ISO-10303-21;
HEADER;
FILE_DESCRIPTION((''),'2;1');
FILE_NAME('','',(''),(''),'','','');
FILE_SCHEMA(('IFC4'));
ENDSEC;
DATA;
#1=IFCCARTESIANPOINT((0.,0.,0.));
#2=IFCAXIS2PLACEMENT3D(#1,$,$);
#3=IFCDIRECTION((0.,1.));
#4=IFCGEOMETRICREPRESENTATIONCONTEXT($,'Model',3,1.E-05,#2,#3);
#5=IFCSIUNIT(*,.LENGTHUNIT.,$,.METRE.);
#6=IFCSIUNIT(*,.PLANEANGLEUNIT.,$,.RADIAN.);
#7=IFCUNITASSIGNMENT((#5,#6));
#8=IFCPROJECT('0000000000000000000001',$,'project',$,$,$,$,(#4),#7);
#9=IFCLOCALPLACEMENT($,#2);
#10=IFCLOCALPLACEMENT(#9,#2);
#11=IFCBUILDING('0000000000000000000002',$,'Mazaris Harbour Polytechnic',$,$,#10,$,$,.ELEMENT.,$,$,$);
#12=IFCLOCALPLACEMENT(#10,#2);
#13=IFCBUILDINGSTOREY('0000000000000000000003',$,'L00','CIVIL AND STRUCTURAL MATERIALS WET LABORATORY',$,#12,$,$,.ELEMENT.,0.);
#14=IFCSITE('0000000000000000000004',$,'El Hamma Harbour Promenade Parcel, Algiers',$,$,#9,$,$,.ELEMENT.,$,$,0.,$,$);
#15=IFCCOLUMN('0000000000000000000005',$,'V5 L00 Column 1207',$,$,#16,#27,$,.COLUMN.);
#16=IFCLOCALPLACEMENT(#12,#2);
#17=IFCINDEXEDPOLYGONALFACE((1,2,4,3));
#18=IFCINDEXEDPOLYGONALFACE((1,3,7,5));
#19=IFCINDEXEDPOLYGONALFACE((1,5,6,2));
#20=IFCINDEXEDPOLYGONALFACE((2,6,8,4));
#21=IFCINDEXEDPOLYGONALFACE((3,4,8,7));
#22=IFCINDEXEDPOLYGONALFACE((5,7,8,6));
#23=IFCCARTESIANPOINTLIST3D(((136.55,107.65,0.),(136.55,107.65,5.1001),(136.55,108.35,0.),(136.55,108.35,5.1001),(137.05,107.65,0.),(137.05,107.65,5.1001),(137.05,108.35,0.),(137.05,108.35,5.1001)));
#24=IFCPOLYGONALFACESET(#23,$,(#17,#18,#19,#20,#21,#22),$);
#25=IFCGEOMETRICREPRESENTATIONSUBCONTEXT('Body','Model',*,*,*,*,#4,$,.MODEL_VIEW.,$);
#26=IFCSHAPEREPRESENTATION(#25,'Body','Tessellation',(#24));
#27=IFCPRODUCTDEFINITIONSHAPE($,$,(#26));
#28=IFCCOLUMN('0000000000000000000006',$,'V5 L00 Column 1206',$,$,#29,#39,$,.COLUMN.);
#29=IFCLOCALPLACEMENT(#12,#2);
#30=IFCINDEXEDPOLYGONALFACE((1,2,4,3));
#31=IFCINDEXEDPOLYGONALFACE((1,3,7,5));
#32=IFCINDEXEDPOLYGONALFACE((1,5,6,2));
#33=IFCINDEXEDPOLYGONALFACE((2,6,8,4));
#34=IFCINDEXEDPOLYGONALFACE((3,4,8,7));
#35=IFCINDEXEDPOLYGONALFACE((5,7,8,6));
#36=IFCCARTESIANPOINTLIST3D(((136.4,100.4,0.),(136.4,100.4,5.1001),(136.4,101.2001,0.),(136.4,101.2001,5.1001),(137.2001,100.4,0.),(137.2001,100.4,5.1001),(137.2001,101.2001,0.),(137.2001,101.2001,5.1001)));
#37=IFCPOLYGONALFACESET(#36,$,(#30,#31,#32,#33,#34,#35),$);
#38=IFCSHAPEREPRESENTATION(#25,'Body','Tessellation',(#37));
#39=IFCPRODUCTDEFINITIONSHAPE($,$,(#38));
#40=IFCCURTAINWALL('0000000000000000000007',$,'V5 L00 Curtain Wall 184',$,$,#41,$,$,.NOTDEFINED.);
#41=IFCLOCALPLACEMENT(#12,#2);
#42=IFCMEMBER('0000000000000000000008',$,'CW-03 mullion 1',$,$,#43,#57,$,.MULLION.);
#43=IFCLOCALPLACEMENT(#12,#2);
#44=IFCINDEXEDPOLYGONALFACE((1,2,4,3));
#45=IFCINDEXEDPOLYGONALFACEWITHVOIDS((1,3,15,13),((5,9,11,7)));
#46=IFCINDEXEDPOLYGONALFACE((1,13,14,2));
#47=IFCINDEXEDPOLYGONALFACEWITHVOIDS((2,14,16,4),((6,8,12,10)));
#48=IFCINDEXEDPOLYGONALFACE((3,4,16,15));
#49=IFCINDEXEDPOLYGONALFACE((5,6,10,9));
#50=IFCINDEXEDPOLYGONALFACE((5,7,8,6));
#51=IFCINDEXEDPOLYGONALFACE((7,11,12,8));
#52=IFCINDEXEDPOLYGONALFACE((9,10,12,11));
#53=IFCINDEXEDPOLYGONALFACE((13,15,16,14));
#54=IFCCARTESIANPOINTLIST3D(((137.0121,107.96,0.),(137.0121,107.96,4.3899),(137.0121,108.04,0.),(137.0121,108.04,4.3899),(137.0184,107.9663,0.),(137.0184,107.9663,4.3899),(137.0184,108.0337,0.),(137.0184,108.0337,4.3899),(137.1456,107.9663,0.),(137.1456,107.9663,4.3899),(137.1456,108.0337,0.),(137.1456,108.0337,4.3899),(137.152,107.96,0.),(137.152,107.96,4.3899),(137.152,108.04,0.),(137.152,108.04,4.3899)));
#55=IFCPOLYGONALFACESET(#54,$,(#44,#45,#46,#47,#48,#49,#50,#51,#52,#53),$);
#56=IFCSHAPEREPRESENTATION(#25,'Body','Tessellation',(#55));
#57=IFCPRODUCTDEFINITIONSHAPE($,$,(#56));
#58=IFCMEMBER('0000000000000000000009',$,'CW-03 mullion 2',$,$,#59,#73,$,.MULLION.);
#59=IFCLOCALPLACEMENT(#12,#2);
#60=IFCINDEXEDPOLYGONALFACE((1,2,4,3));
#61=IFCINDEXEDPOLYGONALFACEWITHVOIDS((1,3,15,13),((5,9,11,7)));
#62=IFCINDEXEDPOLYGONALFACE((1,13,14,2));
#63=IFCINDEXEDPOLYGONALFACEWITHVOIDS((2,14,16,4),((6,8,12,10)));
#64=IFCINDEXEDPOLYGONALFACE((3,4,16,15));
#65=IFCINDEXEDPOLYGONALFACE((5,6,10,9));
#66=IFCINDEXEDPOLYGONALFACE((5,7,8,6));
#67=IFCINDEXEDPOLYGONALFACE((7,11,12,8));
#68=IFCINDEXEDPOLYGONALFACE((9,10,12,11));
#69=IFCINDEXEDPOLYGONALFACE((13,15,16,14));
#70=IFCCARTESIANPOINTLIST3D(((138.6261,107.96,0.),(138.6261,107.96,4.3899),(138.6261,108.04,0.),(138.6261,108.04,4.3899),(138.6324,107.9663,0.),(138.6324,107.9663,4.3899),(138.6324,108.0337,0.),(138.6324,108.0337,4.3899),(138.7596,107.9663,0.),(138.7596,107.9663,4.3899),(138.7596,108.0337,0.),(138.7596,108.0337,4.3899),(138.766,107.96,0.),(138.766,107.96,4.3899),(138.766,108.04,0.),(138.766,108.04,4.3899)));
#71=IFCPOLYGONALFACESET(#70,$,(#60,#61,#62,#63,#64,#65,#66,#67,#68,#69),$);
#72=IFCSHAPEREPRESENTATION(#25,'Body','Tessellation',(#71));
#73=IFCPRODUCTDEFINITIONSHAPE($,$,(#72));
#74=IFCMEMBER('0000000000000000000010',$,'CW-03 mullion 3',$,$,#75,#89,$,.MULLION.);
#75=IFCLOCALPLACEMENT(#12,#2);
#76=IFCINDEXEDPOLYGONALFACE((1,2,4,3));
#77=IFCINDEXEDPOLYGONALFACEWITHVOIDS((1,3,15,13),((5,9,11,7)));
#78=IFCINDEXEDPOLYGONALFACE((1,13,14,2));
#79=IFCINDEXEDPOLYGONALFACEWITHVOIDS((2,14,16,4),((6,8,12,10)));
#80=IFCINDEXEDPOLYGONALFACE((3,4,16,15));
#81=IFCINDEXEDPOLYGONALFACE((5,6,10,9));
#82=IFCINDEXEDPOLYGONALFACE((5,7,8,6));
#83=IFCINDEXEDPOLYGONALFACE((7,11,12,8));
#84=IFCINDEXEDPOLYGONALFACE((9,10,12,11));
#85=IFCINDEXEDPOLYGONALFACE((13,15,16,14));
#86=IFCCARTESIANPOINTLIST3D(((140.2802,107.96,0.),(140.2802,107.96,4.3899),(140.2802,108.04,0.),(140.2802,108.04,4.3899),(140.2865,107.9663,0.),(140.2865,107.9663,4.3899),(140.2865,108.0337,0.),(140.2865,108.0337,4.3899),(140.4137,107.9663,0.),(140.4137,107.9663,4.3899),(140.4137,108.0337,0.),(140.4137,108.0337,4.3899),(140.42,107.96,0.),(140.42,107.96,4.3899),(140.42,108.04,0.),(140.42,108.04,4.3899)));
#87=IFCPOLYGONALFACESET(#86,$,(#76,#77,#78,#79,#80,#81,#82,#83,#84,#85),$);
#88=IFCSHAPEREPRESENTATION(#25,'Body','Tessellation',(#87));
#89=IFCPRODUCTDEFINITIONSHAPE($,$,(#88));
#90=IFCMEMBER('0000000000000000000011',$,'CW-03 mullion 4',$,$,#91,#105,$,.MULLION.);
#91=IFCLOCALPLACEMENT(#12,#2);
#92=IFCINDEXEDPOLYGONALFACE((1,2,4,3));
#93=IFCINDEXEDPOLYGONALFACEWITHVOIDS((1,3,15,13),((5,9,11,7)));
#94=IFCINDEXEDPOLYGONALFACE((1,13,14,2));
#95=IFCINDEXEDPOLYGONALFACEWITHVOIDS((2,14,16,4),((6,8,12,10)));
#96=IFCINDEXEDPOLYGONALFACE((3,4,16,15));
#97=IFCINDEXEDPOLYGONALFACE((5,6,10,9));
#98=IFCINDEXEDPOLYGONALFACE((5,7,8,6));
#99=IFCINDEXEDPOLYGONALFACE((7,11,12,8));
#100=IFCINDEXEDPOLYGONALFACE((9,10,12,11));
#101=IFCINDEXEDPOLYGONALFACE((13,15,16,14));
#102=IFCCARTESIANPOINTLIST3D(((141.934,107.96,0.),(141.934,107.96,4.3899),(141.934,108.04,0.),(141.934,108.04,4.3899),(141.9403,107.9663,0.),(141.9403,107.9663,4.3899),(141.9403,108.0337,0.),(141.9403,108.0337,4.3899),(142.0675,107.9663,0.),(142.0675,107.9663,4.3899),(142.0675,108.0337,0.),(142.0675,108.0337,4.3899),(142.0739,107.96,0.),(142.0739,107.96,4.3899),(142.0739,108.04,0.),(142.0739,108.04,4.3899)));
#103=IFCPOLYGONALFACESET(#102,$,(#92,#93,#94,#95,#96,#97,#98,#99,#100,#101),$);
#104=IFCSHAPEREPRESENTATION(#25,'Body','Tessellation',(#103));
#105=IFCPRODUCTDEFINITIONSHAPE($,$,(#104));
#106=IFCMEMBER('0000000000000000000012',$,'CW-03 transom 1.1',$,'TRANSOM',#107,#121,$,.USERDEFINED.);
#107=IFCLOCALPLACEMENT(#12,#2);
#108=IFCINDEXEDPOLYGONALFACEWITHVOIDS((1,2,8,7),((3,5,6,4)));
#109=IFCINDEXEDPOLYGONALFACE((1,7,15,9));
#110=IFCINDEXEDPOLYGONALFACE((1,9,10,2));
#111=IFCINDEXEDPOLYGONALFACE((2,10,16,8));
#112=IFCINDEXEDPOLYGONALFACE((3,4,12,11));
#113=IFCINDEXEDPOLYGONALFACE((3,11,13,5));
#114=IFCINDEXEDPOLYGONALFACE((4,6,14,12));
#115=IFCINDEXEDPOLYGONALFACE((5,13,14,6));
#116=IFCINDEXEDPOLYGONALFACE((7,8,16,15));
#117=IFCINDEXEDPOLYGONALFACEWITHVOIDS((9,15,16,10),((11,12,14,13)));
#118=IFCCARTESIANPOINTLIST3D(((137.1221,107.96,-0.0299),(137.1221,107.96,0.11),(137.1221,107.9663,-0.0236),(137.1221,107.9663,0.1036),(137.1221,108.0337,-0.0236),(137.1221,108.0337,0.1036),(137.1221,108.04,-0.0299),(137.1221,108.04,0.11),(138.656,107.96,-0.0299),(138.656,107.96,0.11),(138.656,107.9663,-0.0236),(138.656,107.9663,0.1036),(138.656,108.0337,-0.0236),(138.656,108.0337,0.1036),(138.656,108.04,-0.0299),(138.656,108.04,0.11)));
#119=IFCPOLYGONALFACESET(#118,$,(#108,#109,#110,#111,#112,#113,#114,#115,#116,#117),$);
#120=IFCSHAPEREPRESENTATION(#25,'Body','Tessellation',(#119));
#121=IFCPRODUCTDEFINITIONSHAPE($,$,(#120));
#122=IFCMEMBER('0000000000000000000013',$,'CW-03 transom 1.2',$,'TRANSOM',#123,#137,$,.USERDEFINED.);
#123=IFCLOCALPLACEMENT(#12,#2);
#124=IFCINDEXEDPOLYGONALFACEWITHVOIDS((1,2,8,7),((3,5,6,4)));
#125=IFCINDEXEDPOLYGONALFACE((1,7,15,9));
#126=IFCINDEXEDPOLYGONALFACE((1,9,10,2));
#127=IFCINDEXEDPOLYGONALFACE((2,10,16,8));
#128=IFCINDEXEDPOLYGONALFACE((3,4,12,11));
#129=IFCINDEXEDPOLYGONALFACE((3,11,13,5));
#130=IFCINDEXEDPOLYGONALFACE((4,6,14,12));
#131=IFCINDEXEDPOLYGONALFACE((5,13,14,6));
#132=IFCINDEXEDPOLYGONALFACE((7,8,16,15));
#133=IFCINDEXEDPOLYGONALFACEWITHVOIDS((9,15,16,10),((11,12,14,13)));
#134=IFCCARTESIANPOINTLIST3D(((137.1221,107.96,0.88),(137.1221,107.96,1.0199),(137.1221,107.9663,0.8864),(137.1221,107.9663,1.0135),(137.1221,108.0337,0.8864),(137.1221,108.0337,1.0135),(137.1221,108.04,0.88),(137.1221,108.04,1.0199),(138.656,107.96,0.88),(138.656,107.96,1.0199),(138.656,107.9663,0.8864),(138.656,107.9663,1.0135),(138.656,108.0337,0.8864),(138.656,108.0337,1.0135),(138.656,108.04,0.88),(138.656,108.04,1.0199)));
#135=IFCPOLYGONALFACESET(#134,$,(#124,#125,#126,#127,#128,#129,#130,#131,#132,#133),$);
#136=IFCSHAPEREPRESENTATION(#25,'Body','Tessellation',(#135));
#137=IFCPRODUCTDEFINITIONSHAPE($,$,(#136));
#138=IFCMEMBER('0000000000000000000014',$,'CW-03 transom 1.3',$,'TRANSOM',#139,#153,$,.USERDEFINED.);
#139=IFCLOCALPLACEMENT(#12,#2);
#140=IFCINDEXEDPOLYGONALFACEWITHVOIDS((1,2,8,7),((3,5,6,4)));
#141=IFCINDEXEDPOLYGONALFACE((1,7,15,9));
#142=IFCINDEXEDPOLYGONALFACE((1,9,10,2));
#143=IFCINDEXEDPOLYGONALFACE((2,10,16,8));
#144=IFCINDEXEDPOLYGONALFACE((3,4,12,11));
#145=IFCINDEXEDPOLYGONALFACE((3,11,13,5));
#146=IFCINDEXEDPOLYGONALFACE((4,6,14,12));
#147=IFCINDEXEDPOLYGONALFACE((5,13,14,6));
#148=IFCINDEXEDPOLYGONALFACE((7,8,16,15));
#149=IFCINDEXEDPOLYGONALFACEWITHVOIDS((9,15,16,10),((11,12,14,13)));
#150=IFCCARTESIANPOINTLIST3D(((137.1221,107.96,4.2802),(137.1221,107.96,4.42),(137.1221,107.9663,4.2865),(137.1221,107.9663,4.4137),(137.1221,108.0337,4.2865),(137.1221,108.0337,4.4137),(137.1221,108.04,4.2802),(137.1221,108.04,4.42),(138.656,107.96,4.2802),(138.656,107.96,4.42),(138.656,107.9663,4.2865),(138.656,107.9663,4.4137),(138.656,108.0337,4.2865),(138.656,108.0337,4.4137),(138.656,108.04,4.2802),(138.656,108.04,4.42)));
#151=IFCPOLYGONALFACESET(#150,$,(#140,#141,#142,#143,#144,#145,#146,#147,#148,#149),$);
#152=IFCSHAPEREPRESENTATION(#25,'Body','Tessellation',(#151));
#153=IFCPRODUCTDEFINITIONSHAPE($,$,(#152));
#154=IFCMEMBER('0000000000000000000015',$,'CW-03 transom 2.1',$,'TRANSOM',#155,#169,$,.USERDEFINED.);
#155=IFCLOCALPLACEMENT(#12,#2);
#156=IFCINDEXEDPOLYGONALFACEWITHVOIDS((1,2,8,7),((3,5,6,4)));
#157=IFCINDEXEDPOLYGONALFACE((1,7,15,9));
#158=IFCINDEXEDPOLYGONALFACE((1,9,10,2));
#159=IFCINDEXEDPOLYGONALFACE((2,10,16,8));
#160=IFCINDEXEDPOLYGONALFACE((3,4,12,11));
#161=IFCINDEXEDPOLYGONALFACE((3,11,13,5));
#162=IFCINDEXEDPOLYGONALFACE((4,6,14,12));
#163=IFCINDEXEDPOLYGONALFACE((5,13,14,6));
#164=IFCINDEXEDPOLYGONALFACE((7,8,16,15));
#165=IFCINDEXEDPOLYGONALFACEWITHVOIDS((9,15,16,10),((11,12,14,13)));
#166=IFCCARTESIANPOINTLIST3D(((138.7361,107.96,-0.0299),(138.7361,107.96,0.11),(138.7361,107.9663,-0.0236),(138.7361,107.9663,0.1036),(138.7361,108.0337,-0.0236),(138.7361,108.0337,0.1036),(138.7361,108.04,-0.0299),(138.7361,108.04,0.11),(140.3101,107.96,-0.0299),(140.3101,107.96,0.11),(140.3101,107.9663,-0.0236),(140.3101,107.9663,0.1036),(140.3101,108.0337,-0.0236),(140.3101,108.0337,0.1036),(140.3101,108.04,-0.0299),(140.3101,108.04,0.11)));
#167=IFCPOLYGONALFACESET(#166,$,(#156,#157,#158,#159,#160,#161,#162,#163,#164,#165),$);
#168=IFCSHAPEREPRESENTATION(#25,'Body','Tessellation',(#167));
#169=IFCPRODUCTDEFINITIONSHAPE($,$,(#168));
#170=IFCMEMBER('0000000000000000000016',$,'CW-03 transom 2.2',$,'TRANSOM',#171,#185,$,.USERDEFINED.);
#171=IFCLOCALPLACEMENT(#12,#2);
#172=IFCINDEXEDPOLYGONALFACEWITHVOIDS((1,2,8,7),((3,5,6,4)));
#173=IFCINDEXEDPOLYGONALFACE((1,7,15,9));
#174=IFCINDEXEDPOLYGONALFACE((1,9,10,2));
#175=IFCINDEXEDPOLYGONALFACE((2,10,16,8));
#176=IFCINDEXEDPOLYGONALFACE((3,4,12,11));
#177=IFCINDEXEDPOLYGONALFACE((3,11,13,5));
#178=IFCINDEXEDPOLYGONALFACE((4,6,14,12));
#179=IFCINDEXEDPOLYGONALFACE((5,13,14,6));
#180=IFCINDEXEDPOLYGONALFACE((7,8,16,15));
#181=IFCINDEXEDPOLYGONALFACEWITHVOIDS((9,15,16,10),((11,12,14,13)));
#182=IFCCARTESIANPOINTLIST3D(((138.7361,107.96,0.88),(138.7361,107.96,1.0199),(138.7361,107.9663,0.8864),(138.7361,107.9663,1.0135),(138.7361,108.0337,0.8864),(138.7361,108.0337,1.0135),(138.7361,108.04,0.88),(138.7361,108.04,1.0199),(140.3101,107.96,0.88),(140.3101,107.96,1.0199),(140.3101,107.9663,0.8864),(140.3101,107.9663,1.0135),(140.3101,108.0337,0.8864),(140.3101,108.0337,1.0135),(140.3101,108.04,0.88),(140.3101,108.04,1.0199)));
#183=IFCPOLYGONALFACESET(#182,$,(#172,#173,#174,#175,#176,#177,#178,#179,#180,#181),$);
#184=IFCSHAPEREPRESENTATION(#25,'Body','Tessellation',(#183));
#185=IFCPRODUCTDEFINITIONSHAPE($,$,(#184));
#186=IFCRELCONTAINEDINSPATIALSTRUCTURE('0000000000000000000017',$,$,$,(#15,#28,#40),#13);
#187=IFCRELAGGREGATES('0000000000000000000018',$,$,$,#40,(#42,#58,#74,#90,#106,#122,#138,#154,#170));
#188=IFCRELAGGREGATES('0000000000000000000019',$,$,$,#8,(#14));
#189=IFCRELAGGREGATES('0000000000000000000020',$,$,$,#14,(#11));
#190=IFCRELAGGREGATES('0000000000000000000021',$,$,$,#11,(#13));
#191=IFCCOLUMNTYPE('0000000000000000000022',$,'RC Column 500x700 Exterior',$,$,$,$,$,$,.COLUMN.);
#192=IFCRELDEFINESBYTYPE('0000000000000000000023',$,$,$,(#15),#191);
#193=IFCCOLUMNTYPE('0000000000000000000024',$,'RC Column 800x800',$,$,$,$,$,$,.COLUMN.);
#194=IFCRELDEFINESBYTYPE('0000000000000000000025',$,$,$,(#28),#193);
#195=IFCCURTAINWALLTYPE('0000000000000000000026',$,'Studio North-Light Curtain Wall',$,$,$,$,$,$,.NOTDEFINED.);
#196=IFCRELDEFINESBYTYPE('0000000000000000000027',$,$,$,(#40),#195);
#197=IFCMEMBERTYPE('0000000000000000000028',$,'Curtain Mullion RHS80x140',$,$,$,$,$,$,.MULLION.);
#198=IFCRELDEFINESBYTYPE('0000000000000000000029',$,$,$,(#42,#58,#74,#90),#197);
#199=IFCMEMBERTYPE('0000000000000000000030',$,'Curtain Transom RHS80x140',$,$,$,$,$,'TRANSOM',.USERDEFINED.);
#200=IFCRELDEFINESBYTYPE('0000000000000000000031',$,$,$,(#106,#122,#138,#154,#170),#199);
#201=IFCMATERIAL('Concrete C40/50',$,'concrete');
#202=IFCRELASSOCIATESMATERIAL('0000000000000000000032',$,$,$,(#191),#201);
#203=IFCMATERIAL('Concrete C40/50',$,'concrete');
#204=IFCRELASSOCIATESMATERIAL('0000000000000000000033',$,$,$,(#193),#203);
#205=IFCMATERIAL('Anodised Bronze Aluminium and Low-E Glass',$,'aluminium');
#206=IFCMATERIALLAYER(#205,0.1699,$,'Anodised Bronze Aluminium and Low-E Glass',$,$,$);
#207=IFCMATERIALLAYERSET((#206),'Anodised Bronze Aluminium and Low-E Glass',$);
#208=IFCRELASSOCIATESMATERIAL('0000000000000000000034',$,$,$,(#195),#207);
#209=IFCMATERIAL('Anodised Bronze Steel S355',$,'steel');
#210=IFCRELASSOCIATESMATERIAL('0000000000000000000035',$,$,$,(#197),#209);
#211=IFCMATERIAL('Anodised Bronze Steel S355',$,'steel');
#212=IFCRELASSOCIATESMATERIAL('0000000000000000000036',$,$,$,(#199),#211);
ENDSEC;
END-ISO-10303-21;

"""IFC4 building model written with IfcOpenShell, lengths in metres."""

from ifc_helpers import new_model, si_unit, direction, frame, origin, origin_2d, place, context, subcontext, project, spatial, rectangle, hollow_rectangle, extrude, material, layer, layer_set, material_profile, profile_set, type_object, element, aggregate, save


model = new_model("IFC4")

# Units and contexts
model_context = context("Model", 3, precision=1e-05, world=origin(), true_north=direction((0.0, 1.0)))
body_context = subcontext(model_context, "Body", "Model", "MODEL_VIEW")
ifc_project = project(units=[si_unit("LENGTHUNIT", "METRE"), si_unit("PLANEANGLEUNIT", "RADIAN")], contexts=[model_context])

# Site, building, storey
site_placement = place(None, origin())
site = spatial("IfcSite", under=ifc_project, at=site_placement, Name="El Hamma Harbour Promenade Parcel, Algiers", CompositionType="ELEMENT", RefElevation=0.0)
building_placement = place(site_placement, origin())
building = spatial("IfcBuilding", under=site, at=building_placement, Name="Mazaris Harbour Polytechnic", CompositionType="ELEMENT")
storey_placement = place(building_placement, origin())
storey = spatial("IfcBuildingStorey", under=building, at=storey_placement, Name="L00", Description="CIVIL AND STRUCTURAL MATERIALS WET LABORATORY", CompositionType="ELEMENT", Elevation=0.0)

# Columns
ifc_material_1 = material(Name="Concrete C40/50", Category="concrete")
ifc_material_profile_1 = material_profile(ifc_material_1, rectangle(XDim=0.5, YDim=0.7, at=origin_2d()), Name="RECT500x700")
ifc_profile_set_1 = profile_set([ifc_material_profile_1], Name="Concrete C40/50")
column_type_1 = type_object("IfcColumnType", Name="RC Column 500x700 Exterior", PredefinedType="COLUMN", material=ifc_profile_set_1)
column_1_placement = place(storey_placement, frame((136.8, 108.0, 0.0), z_axis=(0.0, 0.0, 1.0), x_axis=(1.0, 0.0, 0.0)))
element("IfcColumn", 1, at=column_1_placement, inside=storey, type_object=column_type_1, Name="V5 L00 Column 1207", PredefinedType="COLUMN", context=body_context, shape_type="SweptSolid", body=[
    extrude(rectangle(XDim=0.5, YDim=0.7, at=origin_2d()), origin(), (0.0, 0.0, 1.0), 5.1001),
])
ifc_material_2 = material(Name="Concrete C40/50", Category="concrete")
ifc_material_profile_2 = material_profile(ifc_material_2, rectangle(XDim=0.8, YDim=0.8, at=origin_2d()), Name="RECT800x800")
ifc_profile_set_2 = profile_set([ifc_material_profile_2], Name="Concrete C40/50")
column_type_2 = type_object("IfcColumnType", Name="RC Column 800x800", PredefinedType="COLUMN", material=ifc_profile_set_2)
column_2_placement = place(storey_placement, frame((136.8, 100.8, 0.0), z_axis=(0.0, 0.0, 1.0), x_axis=(1.0, 0.0, 0.0)))
element("IfcColumn", 2, at=column_2_placement, inside=storey, type_object=column_type_2, Name="V5 L00 Column 1206", PredefinedType="COLUMN", context=body_context, shape_type="SweptSolid", body=[
    extrude(rectangle(XDim=0.8, YDim=0.8, at=origin_2d()), origin(), (0.0, 0.0, 1.0), 5.1001),
])

# Curtain wall, members
ifc_material_3 = material(Name="Anodised Bronze Aluminium and Low-E Glass", Category="aluminium")
ifc_layer_1 = layer(ifc_material_3, 0.1699, Name="Anodised Bronze Aluminium and Low-E Glass")
ifc_layer_set_1 = layer_set([ifc_layer_1], Name="Anodised Bronze Aluminium and Low-E Glass")
curtain_wall_type = type_object("IfcCurtainWallType", Name="Studio North-Light Curtain Wall", PredefinedType="NOTDEFINED", material=ifc_layer_set_1)
curtain_wall_placement = place(storey_placement, origin())
curtain_wall = element("IfcCurtainWall", 3, at=curtain_wall_placement, inside=storey, type_object=curtain_wall_type, Name="V5 L00 Curtain Wall 184", PredefinedType="NOTDEFINED")
ifc_material_4 = material(Name="Anodised Bronze Steel S355", Category="steel")
ifc_material_profile_3 = material_profile(ifc_material_4, hollow_rectangle(XDim=0.0801, YDim=0.1399, WallThickness=0.0063, at=origin_2d()), Name="RHS 80x140x6.3")
ifc_profile_set_3 = profile_set([ifc_material_profile_3], Name="Anodised Bronze Steel S355")
member_type_1 = type_object("IfcMemberType", Name="Curtain Mullion RHS80x140", PredefinedType="MULLION", material=ifc_profile_set_3)
member_1_placement = place(storey_placement, frame((137.082, 108.0, 0.0), z_axis=(0.0, 0.0, 1.0), x_axis=(0.0, 1.0, 0.0)))
member_1 = element("IfcMember", 4, at=member_1_placement, type_object=member_type_1, Name="CW-03 mullion 1", PredefinedType="MULLION", context=body_context, shape_type="SweptSolid", body=[
    extrude(hollow_rectangle(XDim=0.0801, YDim=0.1399, WallThickness=0.0063, at=origin_2d()), origin(), (0.0, 0.0, 1.0), 4.3899),
])
member_2_placement = place(storey_placement, frame((138.696, 108.0, 0.0), z_axis=(0.0, 0.0, 1.0), x_axis=(0.0, 1.0, 0.0)))
member_2 = element("IfcMember", 5, at=member_2_placement, type_object=member_type_1, Name="CW-03 mullion 2", PredefinedType="MULLION", context=body_context, shape_type="SweptSolid", body=[
    extrude(hollow_rectangle(XDim=0.0801, YDim=0.1399, WallThickness=0.0063, at=origin_2d()), origin(), (0.0, 0.0, 1.0), 4.3899),
])
member_3_placement = place(storey_placement, frame((140.3501, 108.0, 0.0), z_axis=(0.0, 0.0, 1.0), x_axis=(0.0, 1.0, 0.0)))
member_3 = element("IfcMember", 6, at=member_3_placement, type_object=member_type_1, Name="CW-03 mullion 3", PredefinedType="MULLION", context=body_context, shape_type="SweptSolid", body=[
    extrude(hollow_rectangle(XDim=0.0801, YDim=0.1399, WallThickness=0.0063, at=origin_2d()), origin(), (0.0, 0.0, 1.0), 4.3899),
])
member_4_placement = place(storey_placement, frame((142.0039, 108.0, 0.0), z_axis=(0.0, 0.0, 1.0), x_axis=(0.0, 1.0, 0.0)))
member_4 = element("IfcMember", 7, at=member_4_placement, type_object=member_type_1, Name="CW-03 mullion 4", PredefinedType="MULLION", context=body_context, shape_type="SweptSolid", body=[
    extrude(hollow_rectangle(XDim=0.0801, YDim=0.1399, WallThickness=0.0063, at=origin_2d()), origin(), (0.0, 0.0, 1.0), 4.3899),
])
ifc_material_5 = material(Name="Anodised Bronze Steel S355", Category="steel")
ifc_material_profile_4 = material_profile(ifc_material_5, hollow_rectangle(XDim=0.0801, YDim=0.1399, WallThickness=0.0063, at=origin_2d()), Name="RHS 80x140x6.3")
ifc_profile_set_4 = profile_set([ifc_material_profile_4], Name="Anodised Bronze Steel S355")
member_type_2 = type_object("IfcMemberType", Name="Curtain Transom RHS80x140", ElementType="TRANSOM", PredefinedType="USERDEFINED", material=ifc_profile_set_4)
member_5_placement = place(storey_placement, frame((137.1221, 108.0, 0.04), z_axis=(1.0, 0.0, 0.0), x_axis=(0.0, 1.0, 0.0)))
member_5 = element("IfcMember", 8, at=member_5_placement, type_object=member_type_2, Name="CW-03 transom 1.1", ObjectType="TRANSOM", PredefinedType="USERDEFINED", context=body_context, shape_type="SweptSolid", body=[
    extrude(hollow_rectangle(XDim=0.0801, YDim=0.1399, WallThickness=0.0063, at=origin_2d()), origin(), (0.0, 0.0, 1.0), 1.5339),
])
member_6_placement = place(storey_placement, frame((137.1221, 108.0, 0.95), z_axis=(1.0, 0.0, 0.0), x_axis=(0.0, 1.0, 0.0)))
member_6 = element("IfcMember", 9, at=member_6_placement, type_object=member_type_2, Name="CW-03 transom 1.2", ObjectType="TRANSOM", PredefinedType="USERDEFINED", context=body_context, shape_type="SweptSolid", body=[
    extrude(hollow_rectangle(XDim=0.0801, YDim=0.1399, WallThickness=0.0063, at=origin_2d()), origin(), (0.0, 0.0, 1.0), 1.5339),
])
member_7_placement = place(storey_placement, frame((137.1221, 108.0, 4.3501), z_axis=(1.0, 0.0, 0.0), x_axis=(0.0, 1.0, 0.0)))
member_7 = element("IfcMember", 10, at=member_7_placement, type_object=member_type_2, Name="CW-03 transom 1.3", ObjectType="TRANSOM", PredefinedType="USERDEFINED", context=body_context, shape_type="SweptSolid", body=[
    extrude(hollow_rectangle(XDim=0.0801, YDim=0.1399, WallThickness=0.0063, at=origin_2d()), origin(), (0.0, 0.0, 1.0), 1.5339),
])
member_8_placement = place(storey_placement, frame((138.7361, 108.0, 0.04), z_axis=(1.0, 0.0, 0.0), x_axis=(0.0, 1.0, 0.0)))
member_8 = element("IfcMember", 11, at=member_8_placement, type_object=member_type_2, Name="CW-03 transom 2.1", ObjectType="TRANSOM", PredefinedType="USERDEFINED", context=body_context, shape_type="SweptSolid", body=[
    extrude(hollow_rectangle(XDim=0.0801, YDim=0.1399, WallThickness=0.0063, at=origin_2d()), origin(), (0.0, 0.0, 1.0), 1.574),
])
member_9_placement = place(storey_placement, frame((138.7361, 108.0, 0.95), z_axis=(1.0, 0.0, 0.0), x_axis=(0.0, 1.0, 0.0)))
member_9 = element("IfcMember", 12, at=member_9_placement, type_object=member_type_2, Name="CW-03 transom 2.2", ObjectType="TRANSOM", PredefinedType="USERDEFINED", context=body_context, shape_type="SweptSolid", body=[
    extrude(hollow_rectangle(XDim=0.0801, YDim=0.1399, WallThickness=0.0063, at=origin_2d()), origin(), (0.0, 0.0, 1.0), 1.574),
])

aggregate(curtain_wall, [member_1, member_2, member_3, member_4, member_5, member_6, member_7, member_8, member_9])

save(model, "model.ifc")
